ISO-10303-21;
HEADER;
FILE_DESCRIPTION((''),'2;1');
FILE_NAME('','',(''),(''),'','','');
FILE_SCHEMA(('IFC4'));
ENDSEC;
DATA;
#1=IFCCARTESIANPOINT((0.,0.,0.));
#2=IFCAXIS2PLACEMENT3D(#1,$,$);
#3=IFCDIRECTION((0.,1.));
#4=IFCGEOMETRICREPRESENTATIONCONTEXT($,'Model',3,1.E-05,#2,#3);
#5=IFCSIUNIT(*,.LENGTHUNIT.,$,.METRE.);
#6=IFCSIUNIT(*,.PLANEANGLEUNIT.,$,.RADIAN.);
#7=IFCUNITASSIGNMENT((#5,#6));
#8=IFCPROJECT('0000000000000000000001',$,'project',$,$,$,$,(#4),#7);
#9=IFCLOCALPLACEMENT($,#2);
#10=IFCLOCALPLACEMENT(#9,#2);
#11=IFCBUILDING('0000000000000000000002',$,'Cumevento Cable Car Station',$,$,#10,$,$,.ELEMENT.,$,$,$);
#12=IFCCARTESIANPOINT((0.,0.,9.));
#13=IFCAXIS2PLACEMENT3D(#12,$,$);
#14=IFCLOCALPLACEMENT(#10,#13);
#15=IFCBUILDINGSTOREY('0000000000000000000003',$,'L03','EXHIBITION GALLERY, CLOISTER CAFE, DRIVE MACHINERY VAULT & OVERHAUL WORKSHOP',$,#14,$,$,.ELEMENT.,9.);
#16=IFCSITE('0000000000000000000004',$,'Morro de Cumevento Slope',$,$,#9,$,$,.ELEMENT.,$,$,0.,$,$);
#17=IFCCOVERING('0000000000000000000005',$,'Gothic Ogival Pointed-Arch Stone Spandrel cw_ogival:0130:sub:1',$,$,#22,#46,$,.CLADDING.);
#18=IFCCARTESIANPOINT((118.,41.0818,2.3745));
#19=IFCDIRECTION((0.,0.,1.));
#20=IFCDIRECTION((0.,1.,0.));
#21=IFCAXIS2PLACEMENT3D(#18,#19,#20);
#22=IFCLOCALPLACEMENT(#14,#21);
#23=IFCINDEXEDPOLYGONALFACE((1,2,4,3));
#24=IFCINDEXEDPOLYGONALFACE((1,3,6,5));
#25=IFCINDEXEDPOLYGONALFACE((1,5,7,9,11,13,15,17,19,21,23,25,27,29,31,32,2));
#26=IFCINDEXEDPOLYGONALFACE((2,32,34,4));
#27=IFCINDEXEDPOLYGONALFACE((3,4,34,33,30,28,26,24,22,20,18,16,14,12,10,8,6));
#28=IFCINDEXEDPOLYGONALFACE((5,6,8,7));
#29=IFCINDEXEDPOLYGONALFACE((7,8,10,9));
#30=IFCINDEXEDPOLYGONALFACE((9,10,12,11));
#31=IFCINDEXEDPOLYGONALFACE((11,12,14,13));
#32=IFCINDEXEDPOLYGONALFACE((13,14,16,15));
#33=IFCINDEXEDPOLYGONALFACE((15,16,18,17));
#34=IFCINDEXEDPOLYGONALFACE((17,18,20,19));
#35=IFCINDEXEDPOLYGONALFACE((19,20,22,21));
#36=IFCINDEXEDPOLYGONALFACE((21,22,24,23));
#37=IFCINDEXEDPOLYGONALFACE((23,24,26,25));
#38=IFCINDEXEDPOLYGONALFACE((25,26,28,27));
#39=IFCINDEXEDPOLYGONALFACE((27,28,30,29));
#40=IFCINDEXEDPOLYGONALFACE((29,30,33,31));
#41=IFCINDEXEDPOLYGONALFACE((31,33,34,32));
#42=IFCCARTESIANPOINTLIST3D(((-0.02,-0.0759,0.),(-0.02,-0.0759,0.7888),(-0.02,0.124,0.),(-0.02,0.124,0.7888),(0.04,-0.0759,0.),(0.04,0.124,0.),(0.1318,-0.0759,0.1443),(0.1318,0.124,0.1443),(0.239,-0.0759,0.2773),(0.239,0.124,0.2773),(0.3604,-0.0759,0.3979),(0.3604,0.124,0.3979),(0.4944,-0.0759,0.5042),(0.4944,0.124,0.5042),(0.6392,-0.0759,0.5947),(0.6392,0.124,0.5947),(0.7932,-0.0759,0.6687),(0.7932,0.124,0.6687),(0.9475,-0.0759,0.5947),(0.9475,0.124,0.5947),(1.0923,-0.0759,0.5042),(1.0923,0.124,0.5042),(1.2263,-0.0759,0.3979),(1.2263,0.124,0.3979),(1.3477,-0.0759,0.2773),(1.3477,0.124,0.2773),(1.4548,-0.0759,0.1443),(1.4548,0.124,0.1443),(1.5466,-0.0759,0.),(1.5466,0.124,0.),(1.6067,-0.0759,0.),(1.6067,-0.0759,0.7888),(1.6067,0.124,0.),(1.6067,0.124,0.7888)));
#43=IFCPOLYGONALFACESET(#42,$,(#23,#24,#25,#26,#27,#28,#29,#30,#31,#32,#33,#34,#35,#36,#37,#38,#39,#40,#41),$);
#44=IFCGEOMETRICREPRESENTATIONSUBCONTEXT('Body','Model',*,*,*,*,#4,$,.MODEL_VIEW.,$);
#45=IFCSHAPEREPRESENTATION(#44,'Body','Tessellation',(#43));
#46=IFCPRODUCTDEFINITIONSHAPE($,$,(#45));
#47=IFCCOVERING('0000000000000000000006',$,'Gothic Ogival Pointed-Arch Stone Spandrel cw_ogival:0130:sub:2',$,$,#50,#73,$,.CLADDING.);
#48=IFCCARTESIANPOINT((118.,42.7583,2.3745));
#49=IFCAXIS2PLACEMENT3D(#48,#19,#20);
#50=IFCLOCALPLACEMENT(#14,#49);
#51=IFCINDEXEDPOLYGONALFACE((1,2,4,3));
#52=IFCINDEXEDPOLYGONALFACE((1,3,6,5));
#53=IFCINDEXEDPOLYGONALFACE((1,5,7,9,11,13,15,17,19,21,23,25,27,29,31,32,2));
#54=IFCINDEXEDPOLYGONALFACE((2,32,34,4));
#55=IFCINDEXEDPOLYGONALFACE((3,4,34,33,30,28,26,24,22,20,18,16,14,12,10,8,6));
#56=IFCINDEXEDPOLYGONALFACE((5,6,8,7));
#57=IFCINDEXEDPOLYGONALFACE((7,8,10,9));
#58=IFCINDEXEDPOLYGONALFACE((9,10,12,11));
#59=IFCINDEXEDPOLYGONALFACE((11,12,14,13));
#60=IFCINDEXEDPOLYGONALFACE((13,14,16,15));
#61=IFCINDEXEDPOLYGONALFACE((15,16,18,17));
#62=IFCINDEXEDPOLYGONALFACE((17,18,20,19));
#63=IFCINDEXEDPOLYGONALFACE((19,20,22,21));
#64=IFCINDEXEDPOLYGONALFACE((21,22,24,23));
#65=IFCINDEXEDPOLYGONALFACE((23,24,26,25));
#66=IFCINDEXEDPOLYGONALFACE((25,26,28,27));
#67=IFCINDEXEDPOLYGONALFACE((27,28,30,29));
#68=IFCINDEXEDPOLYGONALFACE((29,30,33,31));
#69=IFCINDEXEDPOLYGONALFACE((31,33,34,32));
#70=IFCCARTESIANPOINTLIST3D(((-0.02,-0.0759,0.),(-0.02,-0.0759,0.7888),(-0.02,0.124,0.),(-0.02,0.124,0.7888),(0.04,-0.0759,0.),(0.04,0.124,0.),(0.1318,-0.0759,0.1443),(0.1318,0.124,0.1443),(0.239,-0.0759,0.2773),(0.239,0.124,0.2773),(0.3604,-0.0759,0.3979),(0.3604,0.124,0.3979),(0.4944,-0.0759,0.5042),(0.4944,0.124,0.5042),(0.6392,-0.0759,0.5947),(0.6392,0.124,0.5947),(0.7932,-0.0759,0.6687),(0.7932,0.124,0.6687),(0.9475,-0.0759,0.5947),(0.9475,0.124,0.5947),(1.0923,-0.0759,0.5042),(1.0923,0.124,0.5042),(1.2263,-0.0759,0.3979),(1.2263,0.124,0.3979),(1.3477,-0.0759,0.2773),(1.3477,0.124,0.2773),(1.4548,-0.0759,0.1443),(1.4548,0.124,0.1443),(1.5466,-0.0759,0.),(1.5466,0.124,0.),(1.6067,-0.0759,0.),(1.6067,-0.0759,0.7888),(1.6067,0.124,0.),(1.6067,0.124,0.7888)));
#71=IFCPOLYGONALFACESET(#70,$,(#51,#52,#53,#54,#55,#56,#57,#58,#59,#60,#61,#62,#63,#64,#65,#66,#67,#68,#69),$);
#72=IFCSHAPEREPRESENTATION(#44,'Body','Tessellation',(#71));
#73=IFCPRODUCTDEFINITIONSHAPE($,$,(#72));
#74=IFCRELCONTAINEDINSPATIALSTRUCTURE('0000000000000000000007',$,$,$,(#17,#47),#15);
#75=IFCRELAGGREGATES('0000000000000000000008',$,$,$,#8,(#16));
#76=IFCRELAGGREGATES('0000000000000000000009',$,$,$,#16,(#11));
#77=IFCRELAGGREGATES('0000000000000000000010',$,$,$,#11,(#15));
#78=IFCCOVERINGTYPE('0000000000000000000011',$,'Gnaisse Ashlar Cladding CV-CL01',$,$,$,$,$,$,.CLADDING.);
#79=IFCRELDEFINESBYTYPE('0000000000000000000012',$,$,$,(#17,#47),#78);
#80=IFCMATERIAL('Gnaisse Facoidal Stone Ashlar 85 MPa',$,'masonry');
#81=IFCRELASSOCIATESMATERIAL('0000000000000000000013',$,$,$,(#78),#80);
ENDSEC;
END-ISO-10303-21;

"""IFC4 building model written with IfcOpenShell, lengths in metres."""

from ifc_helpers import new_model, si_unit, direction, frame, origin, place, context, subcontext, project, spatial, polyline, outline, extrude, material, type_object, element, save


model = new_model("IFC4")

# Units and contexts
model_context = context("Model", 3, precision=1e-05, world=origin(), true_north=direction((0.0, 1.0)))
body_context = subcontext(model_context, "Body", "Model", "MODEL_VIEW")
ifc_project = project(units=[si_unit("LENGTHUNIT", "METRE"), si_unit("PLANEANGLEUNIT", "RADIAN")], contexts=[model_context])

# Site, building, storey
site_placement = place(None, origin())
site = spatial("IfcSite", under=ifc_project, at=site_placement, Name="Morro de Cumevento Slope", CompositionType="ELEMENT", RefElevation=0.0)
building_placement = place(site_placement, origin())
building = spatial("IfcBuilding", under=site, at=building_placement, Name="Cumevento Cable Car Station", CompositionType="ELEMENT")
storey_placement = place(building_placement, frame((0.0, 0.0, 9.0)))
storey = spatial("IfcBuildingStorey", under=building, at=storey_placement, Name="L03", Description="EXHIBITION GALLERY, CLOISTER CAFE, DRIVE MACHINERY VAULT & OVERHAUL WORKSHOP", CompositionType="ELEMENT", Elevation=9.0)

# Coverings
ifc_material_1 = material(Name="Gnaisse Facoidal Stone Ashlar 85 MPa", Category="masonry")
covering_type = type_object("IfcCoveringType", Name="Gnaisse Ashlar Cladding CV-CL01", PredefinedType="CLADDING", material=ifc_material_1)
for number, where, z_axis, x_axis, name in (
    (1, (118.0, 41.0818, 2.3745), (0.0, 0.0, 1.0), (0.0, 1.0, 0.0), "Gothic Ogival Pointed-Arch Stone Spandrel cw_ogival:0130:sub:1"),
    (2, (118.0, 42.7583, 2.3745), (0.0, 0.0, 1.0), (0.0, 1.0, 0.0), "Gothic Ogival Pointed-Arch Stone Spandrel cw_ogival:0130:sub:2"),
):
    element("IfcCovering", number, at=place(storey_placement, frame(where, z_axis=z_axis, x_axis=x_axis)), inside=storey, type_object=covering_type, Name=name, PredefinedType="CLADDING", context=body_context, shape_type="SweptSolid", body=[
        extrude(outline(polyline([(-0.02, 0.0), (-0.02, 0.7888), (1.6067, 0.7888), (1.6067, 0.0), (1.5466, 0.0), (1.4548, 0.1443), (1.3477, 0.2773), (1.2263, 0.3979), (1.0923, 0.5042), (0.9475, 0.5947), (0.7932, 0.6687), (0.6392, 0.5947), (0.4944, 0.5042), (0.3604, 0.3979), (0.239, 0.2773), (0.1318, 0.1443), (0.04, 0.0), (-0.02, 0.0)])), frame((0.0, 0.124, 0.0), z_axis=(0.0, -1.0, 0.0), x_axis=(1.0, 0.0, 0.0)), (0.0, 0.0, 1.0), 0.2),
    ])

save(model, "model.ifc")
